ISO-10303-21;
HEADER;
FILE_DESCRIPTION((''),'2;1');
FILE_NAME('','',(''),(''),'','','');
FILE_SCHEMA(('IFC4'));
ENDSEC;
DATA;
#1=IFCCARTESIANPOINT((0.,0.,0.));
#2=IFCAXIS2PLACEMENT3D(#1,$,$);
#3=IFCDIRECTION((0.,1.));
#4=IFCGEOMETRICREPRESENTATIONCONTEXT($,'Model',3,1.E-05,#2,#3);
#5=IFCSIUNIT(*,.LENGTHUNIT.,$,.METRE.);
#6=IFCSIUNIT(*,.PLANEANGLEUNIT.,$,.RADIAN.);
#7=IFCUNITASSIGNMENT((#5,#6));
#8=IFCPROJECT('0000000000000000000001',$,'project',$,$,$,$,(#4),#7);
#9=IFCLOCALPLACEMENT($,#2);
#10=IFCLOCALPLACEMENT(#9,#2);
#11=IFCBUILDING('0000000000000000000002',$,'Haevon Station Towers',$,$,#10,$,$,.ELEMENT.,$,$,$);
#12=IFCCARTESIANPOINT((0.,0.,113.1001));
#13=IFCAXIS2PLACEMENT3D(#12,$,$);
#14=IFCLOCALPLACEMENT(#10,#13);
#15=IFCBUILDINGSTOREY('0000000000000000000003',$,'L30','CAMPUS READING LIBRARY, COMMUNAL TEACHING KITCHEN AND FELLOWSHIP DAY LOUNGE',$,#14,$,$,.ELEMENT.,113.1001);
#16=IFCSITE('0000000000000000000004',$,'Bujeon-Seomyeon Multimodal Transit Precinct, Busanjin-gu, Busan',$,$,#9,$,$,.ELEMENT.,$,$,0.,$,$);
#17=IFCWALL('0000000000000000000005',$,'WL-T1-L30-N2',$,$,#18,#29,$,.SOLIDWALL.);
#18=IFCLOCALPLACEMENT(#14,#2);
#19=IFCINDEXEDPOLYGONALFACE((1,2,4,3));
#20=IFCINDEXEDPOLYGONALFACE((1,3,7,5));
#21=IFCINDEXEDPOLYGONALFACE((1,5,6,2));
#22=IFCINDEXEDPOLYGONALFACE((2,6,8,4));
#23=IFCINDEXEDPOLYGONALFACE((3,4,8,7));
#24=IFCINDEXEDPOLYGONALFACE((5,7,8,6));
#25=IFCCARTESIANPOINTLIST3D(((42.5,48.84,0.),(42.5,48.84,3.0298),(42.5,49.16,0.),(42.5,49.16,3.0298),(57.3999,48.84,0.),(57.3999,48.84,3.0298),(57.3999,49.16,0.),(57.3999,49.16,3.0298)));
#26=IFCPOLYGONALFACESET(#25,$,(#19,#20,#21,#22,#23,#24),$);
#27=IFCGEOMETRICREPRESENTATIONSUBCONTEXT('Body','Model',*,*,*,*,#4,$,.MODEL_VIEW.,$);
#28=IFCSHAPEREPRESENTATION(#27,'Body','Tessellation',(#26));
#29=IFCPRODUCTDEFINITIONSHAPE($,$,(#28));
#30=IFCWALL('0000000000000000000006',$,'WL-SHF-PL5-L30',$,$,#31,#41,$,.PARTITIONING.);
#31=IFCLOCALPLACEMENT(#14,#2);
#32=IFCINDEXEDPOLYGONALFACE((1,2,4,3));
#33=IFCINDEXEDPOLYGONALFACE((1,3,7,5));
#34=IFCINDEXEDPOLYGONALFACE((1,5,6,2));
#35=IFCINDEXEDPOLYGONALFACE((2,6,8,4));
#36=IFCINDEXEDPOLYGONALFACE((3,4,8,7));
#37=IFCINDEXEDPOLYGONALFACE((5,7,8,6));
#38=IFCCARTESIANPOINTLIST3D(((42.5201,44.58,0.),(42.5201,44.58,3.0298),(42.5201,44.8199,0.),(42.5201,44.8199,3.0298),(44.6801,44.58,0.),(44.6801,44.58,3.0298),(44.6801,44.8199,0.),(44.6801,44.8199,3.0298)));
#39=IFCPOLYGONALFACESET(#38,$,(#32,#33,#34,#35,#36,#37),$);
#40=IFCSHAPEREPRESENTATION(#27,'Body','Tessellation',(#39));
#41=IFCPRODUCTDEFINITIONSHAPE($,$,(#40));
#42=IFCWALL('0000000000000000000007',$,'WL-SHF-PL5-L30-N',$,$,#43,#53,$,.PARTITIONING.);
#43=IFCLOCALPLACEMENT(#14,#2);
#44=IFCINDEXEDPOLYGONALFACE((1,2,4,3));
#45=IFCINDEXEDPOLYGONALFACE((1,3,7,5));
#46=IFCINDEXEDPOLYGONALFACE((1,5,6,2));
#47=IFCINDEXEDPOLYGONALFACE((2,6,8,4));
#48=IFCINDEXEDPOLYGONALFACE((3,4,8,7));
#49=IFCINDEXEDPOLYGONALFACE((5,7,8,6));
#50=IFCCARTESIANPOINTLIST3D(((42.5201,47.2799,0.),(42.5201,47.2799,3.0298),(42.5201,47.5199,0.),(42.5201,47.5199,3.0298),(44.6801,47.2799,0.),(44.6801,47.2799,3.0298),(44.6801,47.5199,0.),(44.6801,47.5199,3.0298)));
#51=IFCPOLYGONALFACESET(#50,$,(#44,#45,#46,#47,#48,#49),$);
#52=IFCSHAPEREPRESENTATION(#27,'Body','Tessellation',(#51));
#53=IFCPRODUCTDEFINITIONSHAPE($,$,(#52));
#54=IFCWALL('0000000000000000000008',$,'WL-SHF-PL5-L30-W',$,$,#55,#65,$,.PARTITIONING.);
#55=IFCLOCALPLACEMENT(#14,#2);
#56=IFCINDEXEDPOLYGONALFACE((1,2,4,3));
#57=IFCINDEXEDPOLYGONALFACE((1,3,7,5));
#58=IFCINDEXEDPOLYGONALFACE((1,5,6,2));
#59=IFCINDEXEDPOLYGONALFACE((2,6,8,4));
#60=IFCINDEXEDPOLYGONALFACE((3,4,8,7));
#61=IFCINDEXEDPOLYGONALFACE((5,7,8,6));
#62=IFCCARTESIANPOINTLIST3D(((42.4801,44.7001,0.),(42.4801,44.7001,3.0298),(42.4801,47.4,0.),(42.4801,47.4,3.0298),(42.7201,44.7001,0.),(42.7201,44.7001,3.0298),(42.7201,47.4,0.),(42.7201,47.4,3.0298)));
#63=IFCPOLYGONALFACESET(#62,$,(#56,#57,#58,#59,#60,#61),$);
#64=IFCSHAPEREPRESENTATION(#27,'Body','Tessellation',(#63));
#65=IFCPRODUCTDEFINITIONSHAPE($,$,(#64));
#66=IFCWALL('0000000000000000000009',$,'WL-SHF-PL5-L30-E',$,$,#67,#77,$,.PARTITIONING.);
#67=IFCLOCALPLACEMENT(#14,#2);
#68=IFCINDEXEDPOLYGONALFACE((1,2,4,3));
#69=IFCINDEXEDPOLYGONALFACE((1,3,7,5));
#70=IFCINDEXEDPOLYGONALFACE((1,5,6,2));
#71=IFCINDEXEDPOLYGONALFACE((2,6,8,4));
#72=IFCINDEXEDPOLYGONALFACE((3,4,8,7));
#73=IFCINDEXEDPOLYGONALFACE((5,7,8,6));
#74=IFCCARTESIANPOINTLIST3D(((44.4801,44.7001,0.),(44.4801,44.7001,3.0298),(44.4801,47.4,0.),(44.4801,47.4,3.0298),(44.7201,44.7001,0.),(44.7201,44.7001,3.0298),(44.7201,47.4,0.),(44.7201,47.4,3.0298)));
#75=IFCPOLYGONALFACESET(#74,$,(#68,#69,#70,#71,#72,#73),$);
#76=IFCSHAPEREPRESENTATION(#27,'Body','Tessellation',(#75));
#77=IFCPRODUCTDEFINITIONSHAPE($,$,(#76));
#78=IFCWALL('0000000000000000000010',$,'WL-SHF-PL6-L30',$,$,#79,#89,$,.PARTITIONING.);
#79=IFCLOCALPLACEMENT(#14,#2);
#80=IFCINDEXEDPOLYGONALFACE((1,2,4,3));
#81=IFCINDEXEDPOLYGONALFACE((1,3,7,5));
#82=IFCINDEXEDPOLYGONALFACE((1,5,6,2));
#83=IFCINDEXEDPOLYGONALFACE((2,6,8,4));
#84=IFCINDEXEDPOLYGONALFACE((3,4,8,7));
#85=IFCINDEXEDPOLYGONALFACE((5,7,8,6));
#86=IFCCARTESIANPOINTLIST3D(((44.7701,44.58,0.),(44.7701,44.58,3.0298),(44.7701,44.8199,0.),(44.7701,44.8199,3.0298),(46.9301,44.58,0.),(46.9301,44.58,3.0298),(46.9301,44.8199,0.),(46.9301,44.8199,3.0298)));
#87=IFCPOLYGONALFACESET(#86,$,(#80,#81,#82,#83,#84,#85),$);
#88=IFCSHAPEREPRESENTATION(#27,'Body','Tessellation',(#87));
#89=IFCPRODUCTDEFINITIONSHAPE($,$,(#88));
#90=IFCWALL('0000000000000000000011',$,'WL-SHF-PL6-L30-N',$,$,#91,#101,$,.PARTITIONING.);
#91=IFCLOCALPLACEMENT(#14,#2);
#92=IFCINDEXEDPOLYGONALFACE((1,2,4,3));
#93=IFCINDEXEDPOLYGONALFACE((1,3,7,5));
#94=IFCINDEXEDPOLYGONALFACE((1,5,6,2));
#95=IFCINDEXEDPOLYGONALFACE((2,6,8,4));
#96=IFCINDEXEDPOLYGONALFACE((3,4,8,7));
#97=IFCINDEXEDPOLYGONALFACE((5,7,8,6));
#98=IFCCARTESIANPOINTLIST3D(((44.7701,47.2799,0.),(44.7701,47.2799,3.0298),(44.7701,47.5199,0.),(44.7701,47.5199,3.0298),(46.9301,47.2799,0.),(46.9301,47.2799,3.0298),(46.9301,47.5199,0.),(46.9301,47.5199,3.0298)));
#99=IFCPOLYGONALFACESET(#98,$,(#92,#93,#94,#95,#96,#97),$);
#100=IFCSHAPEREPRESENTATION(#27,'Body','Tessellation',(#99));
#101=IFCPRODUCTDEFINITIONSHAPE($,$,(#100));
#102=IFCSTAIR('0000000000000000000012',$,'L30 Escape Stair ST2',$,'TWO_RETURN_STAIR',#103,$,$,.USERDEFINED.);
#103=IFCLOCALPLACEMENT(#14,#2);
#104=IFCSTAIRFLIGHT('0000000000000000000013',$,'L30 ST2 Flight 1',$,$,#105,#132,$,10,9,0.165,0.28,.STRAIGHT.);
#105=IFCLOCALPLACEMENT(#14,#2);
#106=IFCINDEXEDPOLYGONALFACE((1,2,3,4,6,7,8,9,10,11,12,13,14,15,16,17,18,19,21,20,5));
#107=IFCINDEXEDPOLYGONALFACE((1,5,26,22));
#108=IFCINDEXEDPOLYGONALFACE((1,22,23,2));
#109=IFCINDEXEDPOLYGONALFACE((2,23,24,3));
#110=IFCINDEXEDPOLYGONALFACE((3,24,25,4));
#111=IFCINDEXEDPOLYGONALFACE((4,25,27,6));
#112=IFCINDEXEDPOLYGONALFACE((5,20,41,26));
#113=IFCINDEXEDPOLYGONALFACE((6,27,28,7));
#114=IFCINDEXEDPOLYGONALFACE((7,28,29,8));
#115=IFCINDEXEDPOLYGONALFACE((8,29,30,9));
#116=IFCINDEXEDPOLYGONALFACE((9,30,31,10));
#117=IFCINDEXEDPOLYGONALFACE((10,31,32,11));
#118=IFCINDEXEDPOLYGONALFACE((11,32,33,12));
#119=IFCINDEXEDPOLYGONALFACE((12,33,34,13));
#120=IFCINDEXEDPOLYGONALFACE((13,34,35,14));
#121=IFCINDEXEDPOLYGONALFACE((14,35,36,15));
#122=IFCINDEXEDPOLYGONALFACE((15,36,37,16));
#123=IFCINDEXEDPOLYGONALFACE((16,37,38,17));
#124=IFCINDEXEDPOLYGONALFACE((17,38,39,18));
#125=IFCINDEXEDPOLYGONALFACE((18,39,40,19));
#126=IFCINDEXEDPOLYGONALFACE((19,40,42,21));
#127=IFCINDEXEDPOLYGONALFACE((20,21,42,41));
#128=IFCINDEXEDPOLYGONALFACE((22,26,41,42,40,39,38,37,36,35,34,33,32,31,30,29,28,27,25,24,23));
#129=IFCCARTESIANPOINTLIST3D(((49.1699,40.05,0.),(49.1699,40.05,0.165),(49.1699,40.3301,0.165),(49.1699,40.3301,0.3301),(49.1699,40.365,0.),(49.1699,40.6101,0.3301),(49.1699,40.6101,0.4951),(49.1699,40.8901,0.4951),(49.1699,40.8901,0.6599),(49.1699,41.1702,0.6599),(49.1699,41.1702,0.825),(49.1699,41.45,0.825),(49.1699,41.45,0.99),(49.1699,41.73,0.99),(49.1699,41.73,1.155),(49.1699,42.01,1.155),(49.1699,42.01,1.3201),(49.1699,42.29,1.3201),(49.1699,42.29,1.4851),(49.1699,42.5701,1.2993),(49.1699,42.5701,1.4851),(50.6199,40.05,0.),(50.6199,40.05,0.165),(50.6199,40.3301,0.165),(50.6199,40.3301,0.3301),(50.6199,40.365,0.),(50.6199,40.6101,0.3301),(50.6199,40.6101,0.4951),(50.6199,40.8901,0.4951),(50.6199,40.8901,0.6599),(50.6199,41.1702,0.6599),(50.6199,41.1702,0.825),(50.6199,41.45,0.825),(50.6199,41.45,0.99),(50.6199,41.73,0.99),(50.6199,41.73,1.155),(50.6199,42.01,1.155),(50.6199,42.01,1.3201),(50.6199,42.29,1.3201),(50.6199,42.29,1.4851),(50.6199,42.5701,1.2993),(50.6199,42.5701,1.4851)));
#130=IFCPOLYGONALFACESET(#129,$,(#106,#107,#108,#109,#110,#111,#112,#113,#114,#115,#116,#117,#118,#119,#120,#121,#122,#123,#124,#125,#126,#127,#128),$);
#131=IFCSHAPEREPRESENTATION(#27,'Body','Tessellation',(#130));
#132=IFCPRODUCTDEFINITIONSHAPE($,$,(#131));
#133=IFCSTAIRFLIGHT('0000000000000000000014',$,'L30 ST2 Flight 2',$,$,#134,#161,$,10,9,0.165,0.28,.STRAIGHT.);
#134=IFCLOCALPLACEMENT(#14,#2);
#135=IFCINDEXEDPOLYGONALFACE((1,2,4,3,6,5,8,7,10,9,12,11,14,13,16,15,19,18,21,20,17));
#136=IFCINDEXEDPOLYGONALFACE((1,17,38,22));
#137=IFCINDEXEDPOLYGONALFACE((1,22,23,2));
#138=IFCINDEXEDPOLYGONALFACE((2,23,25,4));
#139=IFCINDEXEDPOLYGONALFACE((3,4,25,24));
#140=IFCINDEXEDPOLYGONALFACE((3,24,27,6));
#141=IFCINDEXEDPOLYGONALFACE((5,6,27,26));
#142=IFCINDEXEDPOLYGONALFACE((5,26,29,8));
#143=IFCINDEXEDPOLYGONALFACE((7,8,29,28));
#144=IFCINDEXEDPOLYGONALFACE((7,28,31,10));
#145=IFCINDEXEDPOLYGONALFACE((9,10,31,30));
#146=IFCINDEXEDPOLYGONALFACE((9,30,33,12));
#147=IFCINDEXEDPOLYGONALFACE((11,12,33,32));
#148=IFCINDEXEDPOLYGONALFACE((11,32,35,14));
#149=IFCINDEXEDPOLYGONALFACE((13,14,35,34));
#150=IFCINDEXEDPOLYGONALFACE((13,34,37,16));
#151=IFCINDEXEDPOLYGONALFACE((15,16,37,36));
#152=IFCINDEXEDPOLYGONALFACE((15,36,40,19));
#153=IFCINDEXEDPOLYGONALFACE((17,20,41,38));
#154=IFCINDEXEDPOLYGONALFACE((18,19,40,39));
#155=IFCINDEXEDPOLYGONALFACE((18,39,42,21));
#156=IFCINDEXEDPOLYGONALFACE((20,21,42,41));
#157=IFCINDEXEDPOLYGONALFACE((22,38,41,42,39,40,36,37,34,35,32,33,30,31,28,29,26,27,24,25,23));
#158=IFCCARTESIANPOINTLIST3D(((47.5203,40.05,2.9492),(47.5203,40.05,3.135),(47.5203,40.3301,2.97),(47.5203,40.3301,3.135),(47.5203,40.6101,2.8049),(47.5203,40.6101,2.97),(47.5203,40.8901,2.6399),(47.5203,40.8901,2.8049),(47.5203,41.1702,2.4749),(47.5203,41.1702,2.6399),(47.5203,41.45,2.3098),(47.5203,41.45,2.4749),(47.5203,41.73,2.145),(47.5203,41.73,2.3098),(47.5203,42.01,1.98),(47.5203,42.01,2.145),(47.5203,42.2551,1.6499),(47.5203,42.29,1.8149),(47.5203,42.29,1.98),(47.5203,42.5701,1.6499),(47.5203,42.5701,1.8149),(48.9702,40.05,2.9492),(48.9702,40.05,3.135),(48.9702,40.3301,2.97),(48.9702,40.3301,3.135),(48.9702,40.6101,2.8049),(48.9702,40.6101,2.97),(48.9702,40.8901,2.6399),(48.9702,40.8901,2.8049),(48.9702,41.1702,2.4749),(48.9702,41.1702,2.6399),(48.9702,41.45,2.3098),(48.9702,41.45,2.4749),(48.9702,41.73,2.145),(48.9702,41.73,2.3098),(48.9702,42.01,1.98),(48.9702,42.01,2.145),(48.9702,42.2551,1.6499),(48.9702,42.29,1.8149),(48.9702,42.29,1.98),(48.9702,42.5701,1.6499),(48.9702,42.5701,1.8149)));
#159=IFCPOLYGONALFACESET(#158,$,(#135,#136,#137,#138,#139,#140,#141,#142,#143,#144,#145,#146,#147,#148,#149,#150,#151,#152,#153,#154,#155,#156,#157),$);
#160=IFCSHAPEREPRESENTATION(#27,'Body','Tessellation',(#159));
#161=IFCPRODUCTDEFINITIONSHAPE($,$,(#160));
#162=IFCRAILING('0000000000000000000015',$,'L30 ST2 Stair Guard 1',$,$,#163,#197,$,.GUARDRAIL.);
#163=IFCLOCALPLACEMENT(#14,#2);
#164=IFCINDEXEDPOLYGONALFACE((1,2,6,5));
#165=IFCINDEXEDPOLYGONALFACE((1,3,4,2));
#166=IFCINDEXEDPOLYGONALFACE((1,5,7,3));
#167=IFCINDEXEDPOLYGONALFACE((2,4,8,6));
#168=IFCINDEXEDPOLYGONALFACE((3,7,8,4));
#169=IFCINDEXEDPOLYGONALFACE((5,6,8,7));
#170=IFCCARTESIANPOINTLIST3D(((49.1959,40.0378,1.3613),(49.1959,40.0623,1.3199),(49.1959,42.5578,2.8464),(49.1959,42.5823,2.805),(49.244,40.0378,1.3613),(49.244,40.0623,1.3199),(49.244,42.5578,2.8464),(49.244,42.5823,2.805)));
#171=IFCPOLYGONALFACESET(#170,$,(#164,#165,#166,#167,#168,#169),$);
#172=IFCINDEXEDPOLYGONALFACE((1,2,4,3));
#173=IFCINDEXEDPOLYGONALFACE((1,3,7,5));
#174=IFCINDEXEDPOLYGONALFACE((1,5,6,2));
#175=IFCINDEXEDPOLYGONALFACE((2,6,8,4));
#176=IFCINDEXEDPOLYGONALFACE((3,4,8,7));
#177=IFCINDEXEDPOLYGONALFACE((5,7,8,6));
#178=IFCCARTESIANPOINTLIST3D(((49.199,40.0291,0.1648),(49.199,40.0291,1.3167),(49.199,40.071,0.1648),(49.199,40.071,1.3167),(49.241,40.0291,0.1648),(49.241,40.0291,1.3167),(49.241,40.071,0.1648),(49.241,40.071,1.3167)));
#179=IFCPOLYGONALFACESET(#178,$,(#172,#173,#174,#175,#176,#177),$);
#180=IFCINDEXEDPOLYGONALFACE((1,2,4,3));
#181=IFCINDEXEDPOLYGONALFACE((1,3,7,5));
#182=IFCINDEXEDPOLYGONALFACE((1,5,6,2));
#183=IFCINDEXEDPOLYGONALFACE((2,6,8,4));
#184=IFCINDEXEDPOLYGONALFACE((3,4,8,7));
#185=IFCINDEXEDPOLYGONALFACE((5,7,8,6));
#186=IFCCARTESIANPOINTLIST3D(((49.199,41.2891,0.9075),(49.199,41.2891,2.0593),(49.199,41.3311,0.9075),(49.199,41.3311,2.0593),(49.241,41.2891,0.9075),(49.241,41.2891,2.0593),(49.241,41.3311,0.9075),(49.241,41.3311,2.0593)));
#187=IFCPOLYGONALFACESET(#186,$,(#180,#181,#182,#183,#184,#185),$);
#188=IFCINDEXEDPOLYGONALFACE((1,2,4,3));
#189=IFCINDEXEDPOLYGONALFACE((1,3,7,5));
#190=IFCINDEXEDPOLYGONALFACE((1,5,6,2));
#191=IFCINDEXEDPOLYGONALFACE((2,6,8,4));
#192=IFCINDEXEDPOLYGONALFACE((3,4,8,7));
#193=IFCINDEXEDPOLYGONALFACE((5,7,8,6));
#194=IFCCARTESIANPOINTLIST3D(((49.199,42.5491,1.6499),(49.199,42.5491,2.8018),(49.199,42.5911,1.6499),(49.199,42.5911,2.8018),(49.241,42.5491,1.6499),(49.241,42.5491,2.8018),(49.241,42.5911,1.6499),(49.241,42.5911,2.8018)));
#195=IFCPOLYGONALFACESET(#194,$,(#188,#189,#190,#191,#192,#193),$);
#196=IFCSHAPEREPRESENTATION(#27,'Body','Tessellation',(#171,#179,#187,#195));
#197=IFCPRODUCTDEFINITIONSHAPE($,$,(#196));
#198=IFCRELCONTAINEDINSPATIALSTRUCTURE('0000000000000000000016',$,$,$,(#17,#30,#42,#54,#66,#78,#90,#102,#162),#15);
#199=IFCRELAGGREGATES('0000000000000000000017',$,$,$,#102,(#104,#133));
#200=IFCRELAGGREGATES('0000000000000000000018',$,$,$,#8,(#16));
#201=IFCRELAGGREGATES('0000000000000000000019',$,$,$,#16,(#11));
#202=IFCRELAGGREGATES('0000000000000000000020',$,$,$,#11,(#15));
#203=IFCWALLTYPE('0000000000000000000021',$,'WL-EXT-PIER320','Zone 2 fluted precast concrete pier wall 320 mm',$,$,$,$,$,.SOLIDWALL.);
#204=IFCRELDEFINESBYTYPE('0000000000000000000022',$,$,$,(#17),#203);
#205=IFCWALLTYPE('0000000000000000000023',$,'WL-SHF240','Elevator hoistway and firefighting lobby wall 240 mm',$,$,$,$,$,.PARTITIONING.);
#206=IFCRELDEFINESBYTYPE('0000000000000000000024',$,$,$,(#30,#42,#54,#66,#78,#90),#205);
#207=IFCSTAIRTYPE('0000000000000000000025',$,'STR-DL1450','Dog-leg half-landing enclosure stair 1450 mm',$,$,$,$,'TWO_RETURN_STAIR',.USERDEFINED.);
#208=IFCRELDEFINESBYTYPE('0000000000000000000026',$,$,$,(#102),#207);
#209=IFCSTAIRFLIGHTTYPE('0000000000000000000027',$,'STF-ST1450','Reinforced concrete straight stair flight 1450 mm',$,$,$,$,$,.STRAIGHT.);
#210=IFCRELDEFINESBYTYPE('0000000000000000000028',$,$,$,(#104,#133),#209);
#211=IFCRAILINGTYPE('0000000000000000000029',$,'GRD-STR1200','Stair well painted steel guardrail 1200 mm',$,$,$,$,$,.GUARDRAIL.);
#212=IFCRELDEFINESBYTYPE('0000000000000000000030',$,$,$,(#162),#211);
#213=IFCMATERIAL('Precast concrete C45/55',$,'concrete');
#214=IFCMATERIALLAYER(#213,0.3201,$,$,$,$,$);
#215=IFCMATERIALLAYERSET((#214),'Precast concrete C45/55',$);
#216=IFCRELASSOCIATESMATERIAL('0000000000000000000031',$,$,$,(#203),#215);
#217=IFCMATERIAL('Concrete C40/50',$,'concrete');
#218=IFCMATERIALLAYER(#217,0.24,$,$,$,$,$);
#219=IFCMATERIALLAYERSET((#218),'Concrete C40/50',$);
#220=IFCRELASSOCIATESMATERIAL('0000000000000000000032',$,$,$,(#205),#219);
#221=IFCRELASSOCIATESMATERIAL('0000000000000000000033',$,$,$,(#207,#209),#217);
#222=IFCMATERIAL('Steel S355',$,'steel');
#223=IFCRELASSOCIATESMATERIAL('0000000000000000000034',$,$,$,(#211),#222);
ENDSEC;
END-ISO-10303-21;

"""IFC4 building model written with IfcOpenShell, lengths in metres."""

from ifc_helpers import new_model, si_unit, direction, frame, frame_2d, origin, origin_2d, place, context, subcontext, project, spatial, polyline, rectangle, outline, extrude, material, layer, layer_set, type_object, element, aggregate, save


model = new_model("IFC4")

# Units and contexts
model_context = context("Model", 3, precision=1e-05, world=origin(), true_north=direction((0.0, 1.0)))
body_context = subcontext(model_context, "Body", "Model", "MODEL_VIEW")
ifc_project = project(units=[si_unit("LENGTHUNIT", "METRE"), si_unit("PLANEANGLEUNIT", "RADIAN")], contexts=[model_context])

# Site, building, storey
site_placement = place(None, origin())
site = spatial("IfcSite", under=ifc_project, at=site_placement, Name="Bujeon-Seomyeon Multimodal Transit Precinct, Busanjin-gu, Busan", CompositionType="ELEMENT", RefElevation=0.0)
building_placement = place(site_placement, origin())
building = spatial("IfcBuilding", under=site, at=building_placement, Name="Haevon Station Towers", CompositionType="ELEMENT")
storey_placement = place(building_placement, frame((0.0, 0.0, 113.1001)))
storey = spatial("IfcBuildingStorey", under=building, at=storey_placement, Name="L30", Description="CAMPUS READING LIBRARY, COMMUNAL TEACHING KITCHEN AND FELLOWSHIP DAY LOUNGE", CompositionType="ELEMENT", Elevation=113.1001)

# Shared definitions
ifc_material_1 = material(Name="Steel S355", Category="steel")

# Walls
ifc_material_2 = material(Name="Precast concrete C45/55", Category="concrete")
ifc_layer_1 = layer(ifc_material_2, 0.3201)
ifc_layer_set_1 = layer_set([ifc_layer_1], Name="Precast concrete C45/55")
wall_type_1 = type_object("IfcWallType", Name="WL-EXT-PIER320", Description="Zone 2 fluted precast concrete pier wall 320 mm", PredefinedType="SOLIDWALL", material=ifc_layer_set_1)
wall_placement = place(storey_placement, frame((42.5, 49.0, 0.0), z_axis=(0.0, 0.0, 1.0), x_axis=(1.0, 0.0, 0.0)))
element("IfcWall", 1, at=wall_placement, inside=storey, type_object=wall_type_1, Name="WL-T1-L30-N2", PredefinedType="SOLIDWALL", context=body_context, shape_type="SweptSolid", body=[
    extrude(rectangle(XDim=14.8999, YDim=0.3201, at=frame_2d((7.45, 0.0))), origin(), (0.0, 0.0, 1.0), 3.0298),
])
ifc_material_3 = material(Name="Concrete C40/50", Category="concrete")
ifc_layer_2 = layer(ifc_material_3, 0.24)
ifc_layer_set_2 = layer_set([ifc_layer_2], Name="Concrete C40/50")
wall_type_2 = type_object("IfcWallType", Name="WL-SHF240", Description="Elevator hoistway and firefighting lobby wall 240 mm", PredefinedType="PARTITIONING", material=ifc_layer_set_2)
for number, where, z_axis, x_axis, name in (
    (2, (42.52, 44.7, 0.0), (0.0, 0.0, 1.0), (1.0, 0.0, 0.0), "WL-SHF-PL5-L30"),
    (3, (42.52, 47.3999, 0.0), (0.0, 0.0, 1.0), (1.0, 0.0, 0.0), "WL-SHF-PL5-L30-N"),
):
    element("IfcWall", number, at=place(storey_placement, frame(where, z_axis=z_axis, x_axis=x_axis)), inside=storey, type_object=wall_type_2, Name=name, PredefinedType="PARTITIONING", context=body_context, shape_type="SweptSolid", body=[
        extrude(rectangle(XDim=2.1599, YDim=0.24, at=frame_2d((1.0801, 0.0))), origin(), (0.0, 0.0, 1.0), 3.0298),
    ])
for number, where, z_axis, x_axis, name in (
    (4, (42.6001, 44.7, 0.0), (0.0, 0.0, 1.0), (0.0, 1.0, 0.0), "WL-SHF-PL5-L30-W"),
    (5, (44.6001, 44.7, 0.0), (0.0, 0.0, 1.0), (0.0, 1.0, 0.0), "WL-SHF-PL5-L30-E"),
):
    element("IfcWall", number, at=place(storey_placement, frame(where, z_axis=z_axis, x_axis=x_axis)), inside=storey, type_object=wall_type_2, Name=name, PredefinedType="PARTITIONING", context=body_context, shape_type="SweptSolid", body=[
        extrude(rectangle(XDim=2.7, YDim=0.24, at=frame_2d((1.3501, 0.0))), origin(), (0.0, 0.0, 1.0), 3.0298),
    ])
for number, where, z_axis, x_axis, name in (
    (6, (44.77, 44.7, 0.0), (0.0, 0.0, 1.0), (1.0, 0.0, 0.0), "WL-SHF-PL6-L30"),
    (7, (44.77, 47.3999, 0.0), (0.0, 0.0, 1.0), (1.0, 0.0, 0.0), "WL-SHF-PL6-L30-N"),
):
    element("IfcWall", number, at=place(storey_placement, frame(where, z_axis=z_axis, x_axis=x_axis)), inside=storey, type_object=wall_type_2, Name=name, PredefinedType="PARTITIONING", context=body_context, shape_type="SweptSolid", body=[
        extrude(rectangle(XDim=2.1599, YDim=0.24, at=frame_2d((1.0801, 0.0))), origin(), (0.0, 0.0, 1.0), 3.0298),
    ])

# Stair, stair flights
stair_type = type_object("IfcStairType", Name="STR-DL1450", Description="Dog-leg half-landing enclosure stair 1450 mm", ElementType="TWO_RETURN_STAIR", PredefinedType="USERDEFINED", material=ifc_material_3)
stair_placement = place(storey_placement, origin())
stair = element("IfcStair", 8, at=stair_placement, inside=storey, type_object=stair_type, Name="L30 Escape Stair ST2", ObjectType="TWO_RETURN_STAIR", PredefinedType="USERDEFINED")
stair_flight_type = type_object("IfcStairFlightType", Name="STF-ST1450", Description="Reinforced concrete straight stair flight 1450 mm", PredefinedType="STRAIGHT", material=ifc_material_3)
stair_flight_1_placement = place(storey_placement, frame((49.895, 40.05, 0.0), z_axis=(0.0, 0.0, 1.0), x_axis=(0.0, 1.0, 0.0)))
stair_flight_1 = element("IfcStairFlight", 9, at=stair_flight_1_placement, type_object=stair_flight_type, Name="L30 ST2 Flight 1", NumberOfRisers=10, NumberOfTreads=9, PredefinedType="STRAIGHT", RiserHeight=0.165, TreadLength=0.28, context=body_context, shape_type="SweptSolid", body=[
    extrude(outline(polyline([(0.0, 0.0), (0.0, 0.165), (0.28, 0.165), (0.28, 0.3301), (0.5601, 0.3301), (0.5601, 0.4951), (0.8401, 0.4951), (0.8401, 0.6599), (1.1201, 0.6599), (1.1201, 0.825), (1.3999, 0.825), (1.3999, 0.99), (1.6799, 0.99), (1.6799, 1.155), (1.96, 1.155), (1.96, 1.3201), (2.24, 1.3201), (2.24, 1.4851), (2.52, 1.4851), (2.52, 1.6499), (2.52, 1.2993), (0.3149, 0.0), (0.0, 0.0)])), frame((0.0, 0.7251, 0.0), z_axis=(0.0, -1.0, 0.0), x_axis=(1.0, 0.0, 0.0)), (0.0, 0.0, 1.0), 1.45),
])
stair_flight_2_placement = place(storey_placement, frame((48.2451, 42.5701, 1.6499), z_axis=(0.0, 0.0, 1.0), x_axis=(0.0, -1.0, 0.0)))
stair_flight_2 = element("IfcStairFlight", 10, at=stair_flight_2_placement, type_object=stair_flight_type, Name="L30 ST2 Flight 2", NumberOfRisers=10, NumberOfTreads=9, PredefinedType="STRAIGHT", RiserHeight=0.165, TreadLength=0.28, context=body_context, shape_type="SweptSolid", body=[
    extrude(outline(polyline([(0.0, 0.0), (0.0, 0.165), (0.28, 0.165), (0.28, 0.3301), (0.5601, 0.3301), (0.5601, 0.4951), (0.8401, 0.4951), (0.8401, 0.6599), (1.1201, 0.6599), (1.1201, 0.825), (1.3999, 0.825), (1.3999, 0.99), (1.6799, 0.99), (1.6799, 1.155), (1.96, 1.155), (1.96, 1.3201), (2.24, 1.3201), (2.24, 1.4851), (2.52, 1.4851), (2.52, 1.6499), (2.52, 1.2993), (0.3149, 0.0), (0.0, 0.0)])), frame((0.0, 0.7251, 0.0), z_axis=(0.0, -1.0, 0.0), x_axis=(1.0, 0.0, 0.0)), (0.0, 0.0, 1.0), 1.45),
])
aggregate(stair, [stair_flight_1, stair_flight_2])

# Railing
railing_type_1 = type_object("IfcRailingType", Name="GRD-STR1200", Description="Stair well painted steel guardrail 1200 mm", PredefinedType="GUARDRAIL", material=ifc_material_1)
railing_1_placement = place(storey_placement, frame((49.22, 40.05, 0.1648)))
element("IfcRailing", 11, at=railing_1_placement, inside=storey, type_object=railing_type_1, Name="L30 ST2 Stair Guard 1", PredefinedType="GUARDRAIL", context=body_context, shape_type="SweptSolid", body=[
    extrude(rectangle(XDim=0.0481, YDim=0.0481, at=origin_2d()), frame((0.0, 0.0, 1.1758), z_axis=(0.0, 0.861524, 0.507717), x_axis=(-1.0, 0.0, 0.0)), (0.0, 0.0, 1.0), 2.925),
    extrude(rectangle(XDim=0.042, YDim=0.042, at=origin_2d()), origin(), (0.0, 0.0, 1.0), 1.1519),
    extrude(rectangle(XDim=0.042, YDim=0.042, at=origin_2d()), frame((0.0, 1.26, 0.7427)), (0.0, 0.0, 1.0), 1.1519),
    extrude(rectangle(XDim=0.042, YDim=0.042, at=origin_2d()), frame((0.0, 2.52, 1.4851)), (0.0, 0.0, 1.0), 1.1519),
])

save(model, "model.ifc")
